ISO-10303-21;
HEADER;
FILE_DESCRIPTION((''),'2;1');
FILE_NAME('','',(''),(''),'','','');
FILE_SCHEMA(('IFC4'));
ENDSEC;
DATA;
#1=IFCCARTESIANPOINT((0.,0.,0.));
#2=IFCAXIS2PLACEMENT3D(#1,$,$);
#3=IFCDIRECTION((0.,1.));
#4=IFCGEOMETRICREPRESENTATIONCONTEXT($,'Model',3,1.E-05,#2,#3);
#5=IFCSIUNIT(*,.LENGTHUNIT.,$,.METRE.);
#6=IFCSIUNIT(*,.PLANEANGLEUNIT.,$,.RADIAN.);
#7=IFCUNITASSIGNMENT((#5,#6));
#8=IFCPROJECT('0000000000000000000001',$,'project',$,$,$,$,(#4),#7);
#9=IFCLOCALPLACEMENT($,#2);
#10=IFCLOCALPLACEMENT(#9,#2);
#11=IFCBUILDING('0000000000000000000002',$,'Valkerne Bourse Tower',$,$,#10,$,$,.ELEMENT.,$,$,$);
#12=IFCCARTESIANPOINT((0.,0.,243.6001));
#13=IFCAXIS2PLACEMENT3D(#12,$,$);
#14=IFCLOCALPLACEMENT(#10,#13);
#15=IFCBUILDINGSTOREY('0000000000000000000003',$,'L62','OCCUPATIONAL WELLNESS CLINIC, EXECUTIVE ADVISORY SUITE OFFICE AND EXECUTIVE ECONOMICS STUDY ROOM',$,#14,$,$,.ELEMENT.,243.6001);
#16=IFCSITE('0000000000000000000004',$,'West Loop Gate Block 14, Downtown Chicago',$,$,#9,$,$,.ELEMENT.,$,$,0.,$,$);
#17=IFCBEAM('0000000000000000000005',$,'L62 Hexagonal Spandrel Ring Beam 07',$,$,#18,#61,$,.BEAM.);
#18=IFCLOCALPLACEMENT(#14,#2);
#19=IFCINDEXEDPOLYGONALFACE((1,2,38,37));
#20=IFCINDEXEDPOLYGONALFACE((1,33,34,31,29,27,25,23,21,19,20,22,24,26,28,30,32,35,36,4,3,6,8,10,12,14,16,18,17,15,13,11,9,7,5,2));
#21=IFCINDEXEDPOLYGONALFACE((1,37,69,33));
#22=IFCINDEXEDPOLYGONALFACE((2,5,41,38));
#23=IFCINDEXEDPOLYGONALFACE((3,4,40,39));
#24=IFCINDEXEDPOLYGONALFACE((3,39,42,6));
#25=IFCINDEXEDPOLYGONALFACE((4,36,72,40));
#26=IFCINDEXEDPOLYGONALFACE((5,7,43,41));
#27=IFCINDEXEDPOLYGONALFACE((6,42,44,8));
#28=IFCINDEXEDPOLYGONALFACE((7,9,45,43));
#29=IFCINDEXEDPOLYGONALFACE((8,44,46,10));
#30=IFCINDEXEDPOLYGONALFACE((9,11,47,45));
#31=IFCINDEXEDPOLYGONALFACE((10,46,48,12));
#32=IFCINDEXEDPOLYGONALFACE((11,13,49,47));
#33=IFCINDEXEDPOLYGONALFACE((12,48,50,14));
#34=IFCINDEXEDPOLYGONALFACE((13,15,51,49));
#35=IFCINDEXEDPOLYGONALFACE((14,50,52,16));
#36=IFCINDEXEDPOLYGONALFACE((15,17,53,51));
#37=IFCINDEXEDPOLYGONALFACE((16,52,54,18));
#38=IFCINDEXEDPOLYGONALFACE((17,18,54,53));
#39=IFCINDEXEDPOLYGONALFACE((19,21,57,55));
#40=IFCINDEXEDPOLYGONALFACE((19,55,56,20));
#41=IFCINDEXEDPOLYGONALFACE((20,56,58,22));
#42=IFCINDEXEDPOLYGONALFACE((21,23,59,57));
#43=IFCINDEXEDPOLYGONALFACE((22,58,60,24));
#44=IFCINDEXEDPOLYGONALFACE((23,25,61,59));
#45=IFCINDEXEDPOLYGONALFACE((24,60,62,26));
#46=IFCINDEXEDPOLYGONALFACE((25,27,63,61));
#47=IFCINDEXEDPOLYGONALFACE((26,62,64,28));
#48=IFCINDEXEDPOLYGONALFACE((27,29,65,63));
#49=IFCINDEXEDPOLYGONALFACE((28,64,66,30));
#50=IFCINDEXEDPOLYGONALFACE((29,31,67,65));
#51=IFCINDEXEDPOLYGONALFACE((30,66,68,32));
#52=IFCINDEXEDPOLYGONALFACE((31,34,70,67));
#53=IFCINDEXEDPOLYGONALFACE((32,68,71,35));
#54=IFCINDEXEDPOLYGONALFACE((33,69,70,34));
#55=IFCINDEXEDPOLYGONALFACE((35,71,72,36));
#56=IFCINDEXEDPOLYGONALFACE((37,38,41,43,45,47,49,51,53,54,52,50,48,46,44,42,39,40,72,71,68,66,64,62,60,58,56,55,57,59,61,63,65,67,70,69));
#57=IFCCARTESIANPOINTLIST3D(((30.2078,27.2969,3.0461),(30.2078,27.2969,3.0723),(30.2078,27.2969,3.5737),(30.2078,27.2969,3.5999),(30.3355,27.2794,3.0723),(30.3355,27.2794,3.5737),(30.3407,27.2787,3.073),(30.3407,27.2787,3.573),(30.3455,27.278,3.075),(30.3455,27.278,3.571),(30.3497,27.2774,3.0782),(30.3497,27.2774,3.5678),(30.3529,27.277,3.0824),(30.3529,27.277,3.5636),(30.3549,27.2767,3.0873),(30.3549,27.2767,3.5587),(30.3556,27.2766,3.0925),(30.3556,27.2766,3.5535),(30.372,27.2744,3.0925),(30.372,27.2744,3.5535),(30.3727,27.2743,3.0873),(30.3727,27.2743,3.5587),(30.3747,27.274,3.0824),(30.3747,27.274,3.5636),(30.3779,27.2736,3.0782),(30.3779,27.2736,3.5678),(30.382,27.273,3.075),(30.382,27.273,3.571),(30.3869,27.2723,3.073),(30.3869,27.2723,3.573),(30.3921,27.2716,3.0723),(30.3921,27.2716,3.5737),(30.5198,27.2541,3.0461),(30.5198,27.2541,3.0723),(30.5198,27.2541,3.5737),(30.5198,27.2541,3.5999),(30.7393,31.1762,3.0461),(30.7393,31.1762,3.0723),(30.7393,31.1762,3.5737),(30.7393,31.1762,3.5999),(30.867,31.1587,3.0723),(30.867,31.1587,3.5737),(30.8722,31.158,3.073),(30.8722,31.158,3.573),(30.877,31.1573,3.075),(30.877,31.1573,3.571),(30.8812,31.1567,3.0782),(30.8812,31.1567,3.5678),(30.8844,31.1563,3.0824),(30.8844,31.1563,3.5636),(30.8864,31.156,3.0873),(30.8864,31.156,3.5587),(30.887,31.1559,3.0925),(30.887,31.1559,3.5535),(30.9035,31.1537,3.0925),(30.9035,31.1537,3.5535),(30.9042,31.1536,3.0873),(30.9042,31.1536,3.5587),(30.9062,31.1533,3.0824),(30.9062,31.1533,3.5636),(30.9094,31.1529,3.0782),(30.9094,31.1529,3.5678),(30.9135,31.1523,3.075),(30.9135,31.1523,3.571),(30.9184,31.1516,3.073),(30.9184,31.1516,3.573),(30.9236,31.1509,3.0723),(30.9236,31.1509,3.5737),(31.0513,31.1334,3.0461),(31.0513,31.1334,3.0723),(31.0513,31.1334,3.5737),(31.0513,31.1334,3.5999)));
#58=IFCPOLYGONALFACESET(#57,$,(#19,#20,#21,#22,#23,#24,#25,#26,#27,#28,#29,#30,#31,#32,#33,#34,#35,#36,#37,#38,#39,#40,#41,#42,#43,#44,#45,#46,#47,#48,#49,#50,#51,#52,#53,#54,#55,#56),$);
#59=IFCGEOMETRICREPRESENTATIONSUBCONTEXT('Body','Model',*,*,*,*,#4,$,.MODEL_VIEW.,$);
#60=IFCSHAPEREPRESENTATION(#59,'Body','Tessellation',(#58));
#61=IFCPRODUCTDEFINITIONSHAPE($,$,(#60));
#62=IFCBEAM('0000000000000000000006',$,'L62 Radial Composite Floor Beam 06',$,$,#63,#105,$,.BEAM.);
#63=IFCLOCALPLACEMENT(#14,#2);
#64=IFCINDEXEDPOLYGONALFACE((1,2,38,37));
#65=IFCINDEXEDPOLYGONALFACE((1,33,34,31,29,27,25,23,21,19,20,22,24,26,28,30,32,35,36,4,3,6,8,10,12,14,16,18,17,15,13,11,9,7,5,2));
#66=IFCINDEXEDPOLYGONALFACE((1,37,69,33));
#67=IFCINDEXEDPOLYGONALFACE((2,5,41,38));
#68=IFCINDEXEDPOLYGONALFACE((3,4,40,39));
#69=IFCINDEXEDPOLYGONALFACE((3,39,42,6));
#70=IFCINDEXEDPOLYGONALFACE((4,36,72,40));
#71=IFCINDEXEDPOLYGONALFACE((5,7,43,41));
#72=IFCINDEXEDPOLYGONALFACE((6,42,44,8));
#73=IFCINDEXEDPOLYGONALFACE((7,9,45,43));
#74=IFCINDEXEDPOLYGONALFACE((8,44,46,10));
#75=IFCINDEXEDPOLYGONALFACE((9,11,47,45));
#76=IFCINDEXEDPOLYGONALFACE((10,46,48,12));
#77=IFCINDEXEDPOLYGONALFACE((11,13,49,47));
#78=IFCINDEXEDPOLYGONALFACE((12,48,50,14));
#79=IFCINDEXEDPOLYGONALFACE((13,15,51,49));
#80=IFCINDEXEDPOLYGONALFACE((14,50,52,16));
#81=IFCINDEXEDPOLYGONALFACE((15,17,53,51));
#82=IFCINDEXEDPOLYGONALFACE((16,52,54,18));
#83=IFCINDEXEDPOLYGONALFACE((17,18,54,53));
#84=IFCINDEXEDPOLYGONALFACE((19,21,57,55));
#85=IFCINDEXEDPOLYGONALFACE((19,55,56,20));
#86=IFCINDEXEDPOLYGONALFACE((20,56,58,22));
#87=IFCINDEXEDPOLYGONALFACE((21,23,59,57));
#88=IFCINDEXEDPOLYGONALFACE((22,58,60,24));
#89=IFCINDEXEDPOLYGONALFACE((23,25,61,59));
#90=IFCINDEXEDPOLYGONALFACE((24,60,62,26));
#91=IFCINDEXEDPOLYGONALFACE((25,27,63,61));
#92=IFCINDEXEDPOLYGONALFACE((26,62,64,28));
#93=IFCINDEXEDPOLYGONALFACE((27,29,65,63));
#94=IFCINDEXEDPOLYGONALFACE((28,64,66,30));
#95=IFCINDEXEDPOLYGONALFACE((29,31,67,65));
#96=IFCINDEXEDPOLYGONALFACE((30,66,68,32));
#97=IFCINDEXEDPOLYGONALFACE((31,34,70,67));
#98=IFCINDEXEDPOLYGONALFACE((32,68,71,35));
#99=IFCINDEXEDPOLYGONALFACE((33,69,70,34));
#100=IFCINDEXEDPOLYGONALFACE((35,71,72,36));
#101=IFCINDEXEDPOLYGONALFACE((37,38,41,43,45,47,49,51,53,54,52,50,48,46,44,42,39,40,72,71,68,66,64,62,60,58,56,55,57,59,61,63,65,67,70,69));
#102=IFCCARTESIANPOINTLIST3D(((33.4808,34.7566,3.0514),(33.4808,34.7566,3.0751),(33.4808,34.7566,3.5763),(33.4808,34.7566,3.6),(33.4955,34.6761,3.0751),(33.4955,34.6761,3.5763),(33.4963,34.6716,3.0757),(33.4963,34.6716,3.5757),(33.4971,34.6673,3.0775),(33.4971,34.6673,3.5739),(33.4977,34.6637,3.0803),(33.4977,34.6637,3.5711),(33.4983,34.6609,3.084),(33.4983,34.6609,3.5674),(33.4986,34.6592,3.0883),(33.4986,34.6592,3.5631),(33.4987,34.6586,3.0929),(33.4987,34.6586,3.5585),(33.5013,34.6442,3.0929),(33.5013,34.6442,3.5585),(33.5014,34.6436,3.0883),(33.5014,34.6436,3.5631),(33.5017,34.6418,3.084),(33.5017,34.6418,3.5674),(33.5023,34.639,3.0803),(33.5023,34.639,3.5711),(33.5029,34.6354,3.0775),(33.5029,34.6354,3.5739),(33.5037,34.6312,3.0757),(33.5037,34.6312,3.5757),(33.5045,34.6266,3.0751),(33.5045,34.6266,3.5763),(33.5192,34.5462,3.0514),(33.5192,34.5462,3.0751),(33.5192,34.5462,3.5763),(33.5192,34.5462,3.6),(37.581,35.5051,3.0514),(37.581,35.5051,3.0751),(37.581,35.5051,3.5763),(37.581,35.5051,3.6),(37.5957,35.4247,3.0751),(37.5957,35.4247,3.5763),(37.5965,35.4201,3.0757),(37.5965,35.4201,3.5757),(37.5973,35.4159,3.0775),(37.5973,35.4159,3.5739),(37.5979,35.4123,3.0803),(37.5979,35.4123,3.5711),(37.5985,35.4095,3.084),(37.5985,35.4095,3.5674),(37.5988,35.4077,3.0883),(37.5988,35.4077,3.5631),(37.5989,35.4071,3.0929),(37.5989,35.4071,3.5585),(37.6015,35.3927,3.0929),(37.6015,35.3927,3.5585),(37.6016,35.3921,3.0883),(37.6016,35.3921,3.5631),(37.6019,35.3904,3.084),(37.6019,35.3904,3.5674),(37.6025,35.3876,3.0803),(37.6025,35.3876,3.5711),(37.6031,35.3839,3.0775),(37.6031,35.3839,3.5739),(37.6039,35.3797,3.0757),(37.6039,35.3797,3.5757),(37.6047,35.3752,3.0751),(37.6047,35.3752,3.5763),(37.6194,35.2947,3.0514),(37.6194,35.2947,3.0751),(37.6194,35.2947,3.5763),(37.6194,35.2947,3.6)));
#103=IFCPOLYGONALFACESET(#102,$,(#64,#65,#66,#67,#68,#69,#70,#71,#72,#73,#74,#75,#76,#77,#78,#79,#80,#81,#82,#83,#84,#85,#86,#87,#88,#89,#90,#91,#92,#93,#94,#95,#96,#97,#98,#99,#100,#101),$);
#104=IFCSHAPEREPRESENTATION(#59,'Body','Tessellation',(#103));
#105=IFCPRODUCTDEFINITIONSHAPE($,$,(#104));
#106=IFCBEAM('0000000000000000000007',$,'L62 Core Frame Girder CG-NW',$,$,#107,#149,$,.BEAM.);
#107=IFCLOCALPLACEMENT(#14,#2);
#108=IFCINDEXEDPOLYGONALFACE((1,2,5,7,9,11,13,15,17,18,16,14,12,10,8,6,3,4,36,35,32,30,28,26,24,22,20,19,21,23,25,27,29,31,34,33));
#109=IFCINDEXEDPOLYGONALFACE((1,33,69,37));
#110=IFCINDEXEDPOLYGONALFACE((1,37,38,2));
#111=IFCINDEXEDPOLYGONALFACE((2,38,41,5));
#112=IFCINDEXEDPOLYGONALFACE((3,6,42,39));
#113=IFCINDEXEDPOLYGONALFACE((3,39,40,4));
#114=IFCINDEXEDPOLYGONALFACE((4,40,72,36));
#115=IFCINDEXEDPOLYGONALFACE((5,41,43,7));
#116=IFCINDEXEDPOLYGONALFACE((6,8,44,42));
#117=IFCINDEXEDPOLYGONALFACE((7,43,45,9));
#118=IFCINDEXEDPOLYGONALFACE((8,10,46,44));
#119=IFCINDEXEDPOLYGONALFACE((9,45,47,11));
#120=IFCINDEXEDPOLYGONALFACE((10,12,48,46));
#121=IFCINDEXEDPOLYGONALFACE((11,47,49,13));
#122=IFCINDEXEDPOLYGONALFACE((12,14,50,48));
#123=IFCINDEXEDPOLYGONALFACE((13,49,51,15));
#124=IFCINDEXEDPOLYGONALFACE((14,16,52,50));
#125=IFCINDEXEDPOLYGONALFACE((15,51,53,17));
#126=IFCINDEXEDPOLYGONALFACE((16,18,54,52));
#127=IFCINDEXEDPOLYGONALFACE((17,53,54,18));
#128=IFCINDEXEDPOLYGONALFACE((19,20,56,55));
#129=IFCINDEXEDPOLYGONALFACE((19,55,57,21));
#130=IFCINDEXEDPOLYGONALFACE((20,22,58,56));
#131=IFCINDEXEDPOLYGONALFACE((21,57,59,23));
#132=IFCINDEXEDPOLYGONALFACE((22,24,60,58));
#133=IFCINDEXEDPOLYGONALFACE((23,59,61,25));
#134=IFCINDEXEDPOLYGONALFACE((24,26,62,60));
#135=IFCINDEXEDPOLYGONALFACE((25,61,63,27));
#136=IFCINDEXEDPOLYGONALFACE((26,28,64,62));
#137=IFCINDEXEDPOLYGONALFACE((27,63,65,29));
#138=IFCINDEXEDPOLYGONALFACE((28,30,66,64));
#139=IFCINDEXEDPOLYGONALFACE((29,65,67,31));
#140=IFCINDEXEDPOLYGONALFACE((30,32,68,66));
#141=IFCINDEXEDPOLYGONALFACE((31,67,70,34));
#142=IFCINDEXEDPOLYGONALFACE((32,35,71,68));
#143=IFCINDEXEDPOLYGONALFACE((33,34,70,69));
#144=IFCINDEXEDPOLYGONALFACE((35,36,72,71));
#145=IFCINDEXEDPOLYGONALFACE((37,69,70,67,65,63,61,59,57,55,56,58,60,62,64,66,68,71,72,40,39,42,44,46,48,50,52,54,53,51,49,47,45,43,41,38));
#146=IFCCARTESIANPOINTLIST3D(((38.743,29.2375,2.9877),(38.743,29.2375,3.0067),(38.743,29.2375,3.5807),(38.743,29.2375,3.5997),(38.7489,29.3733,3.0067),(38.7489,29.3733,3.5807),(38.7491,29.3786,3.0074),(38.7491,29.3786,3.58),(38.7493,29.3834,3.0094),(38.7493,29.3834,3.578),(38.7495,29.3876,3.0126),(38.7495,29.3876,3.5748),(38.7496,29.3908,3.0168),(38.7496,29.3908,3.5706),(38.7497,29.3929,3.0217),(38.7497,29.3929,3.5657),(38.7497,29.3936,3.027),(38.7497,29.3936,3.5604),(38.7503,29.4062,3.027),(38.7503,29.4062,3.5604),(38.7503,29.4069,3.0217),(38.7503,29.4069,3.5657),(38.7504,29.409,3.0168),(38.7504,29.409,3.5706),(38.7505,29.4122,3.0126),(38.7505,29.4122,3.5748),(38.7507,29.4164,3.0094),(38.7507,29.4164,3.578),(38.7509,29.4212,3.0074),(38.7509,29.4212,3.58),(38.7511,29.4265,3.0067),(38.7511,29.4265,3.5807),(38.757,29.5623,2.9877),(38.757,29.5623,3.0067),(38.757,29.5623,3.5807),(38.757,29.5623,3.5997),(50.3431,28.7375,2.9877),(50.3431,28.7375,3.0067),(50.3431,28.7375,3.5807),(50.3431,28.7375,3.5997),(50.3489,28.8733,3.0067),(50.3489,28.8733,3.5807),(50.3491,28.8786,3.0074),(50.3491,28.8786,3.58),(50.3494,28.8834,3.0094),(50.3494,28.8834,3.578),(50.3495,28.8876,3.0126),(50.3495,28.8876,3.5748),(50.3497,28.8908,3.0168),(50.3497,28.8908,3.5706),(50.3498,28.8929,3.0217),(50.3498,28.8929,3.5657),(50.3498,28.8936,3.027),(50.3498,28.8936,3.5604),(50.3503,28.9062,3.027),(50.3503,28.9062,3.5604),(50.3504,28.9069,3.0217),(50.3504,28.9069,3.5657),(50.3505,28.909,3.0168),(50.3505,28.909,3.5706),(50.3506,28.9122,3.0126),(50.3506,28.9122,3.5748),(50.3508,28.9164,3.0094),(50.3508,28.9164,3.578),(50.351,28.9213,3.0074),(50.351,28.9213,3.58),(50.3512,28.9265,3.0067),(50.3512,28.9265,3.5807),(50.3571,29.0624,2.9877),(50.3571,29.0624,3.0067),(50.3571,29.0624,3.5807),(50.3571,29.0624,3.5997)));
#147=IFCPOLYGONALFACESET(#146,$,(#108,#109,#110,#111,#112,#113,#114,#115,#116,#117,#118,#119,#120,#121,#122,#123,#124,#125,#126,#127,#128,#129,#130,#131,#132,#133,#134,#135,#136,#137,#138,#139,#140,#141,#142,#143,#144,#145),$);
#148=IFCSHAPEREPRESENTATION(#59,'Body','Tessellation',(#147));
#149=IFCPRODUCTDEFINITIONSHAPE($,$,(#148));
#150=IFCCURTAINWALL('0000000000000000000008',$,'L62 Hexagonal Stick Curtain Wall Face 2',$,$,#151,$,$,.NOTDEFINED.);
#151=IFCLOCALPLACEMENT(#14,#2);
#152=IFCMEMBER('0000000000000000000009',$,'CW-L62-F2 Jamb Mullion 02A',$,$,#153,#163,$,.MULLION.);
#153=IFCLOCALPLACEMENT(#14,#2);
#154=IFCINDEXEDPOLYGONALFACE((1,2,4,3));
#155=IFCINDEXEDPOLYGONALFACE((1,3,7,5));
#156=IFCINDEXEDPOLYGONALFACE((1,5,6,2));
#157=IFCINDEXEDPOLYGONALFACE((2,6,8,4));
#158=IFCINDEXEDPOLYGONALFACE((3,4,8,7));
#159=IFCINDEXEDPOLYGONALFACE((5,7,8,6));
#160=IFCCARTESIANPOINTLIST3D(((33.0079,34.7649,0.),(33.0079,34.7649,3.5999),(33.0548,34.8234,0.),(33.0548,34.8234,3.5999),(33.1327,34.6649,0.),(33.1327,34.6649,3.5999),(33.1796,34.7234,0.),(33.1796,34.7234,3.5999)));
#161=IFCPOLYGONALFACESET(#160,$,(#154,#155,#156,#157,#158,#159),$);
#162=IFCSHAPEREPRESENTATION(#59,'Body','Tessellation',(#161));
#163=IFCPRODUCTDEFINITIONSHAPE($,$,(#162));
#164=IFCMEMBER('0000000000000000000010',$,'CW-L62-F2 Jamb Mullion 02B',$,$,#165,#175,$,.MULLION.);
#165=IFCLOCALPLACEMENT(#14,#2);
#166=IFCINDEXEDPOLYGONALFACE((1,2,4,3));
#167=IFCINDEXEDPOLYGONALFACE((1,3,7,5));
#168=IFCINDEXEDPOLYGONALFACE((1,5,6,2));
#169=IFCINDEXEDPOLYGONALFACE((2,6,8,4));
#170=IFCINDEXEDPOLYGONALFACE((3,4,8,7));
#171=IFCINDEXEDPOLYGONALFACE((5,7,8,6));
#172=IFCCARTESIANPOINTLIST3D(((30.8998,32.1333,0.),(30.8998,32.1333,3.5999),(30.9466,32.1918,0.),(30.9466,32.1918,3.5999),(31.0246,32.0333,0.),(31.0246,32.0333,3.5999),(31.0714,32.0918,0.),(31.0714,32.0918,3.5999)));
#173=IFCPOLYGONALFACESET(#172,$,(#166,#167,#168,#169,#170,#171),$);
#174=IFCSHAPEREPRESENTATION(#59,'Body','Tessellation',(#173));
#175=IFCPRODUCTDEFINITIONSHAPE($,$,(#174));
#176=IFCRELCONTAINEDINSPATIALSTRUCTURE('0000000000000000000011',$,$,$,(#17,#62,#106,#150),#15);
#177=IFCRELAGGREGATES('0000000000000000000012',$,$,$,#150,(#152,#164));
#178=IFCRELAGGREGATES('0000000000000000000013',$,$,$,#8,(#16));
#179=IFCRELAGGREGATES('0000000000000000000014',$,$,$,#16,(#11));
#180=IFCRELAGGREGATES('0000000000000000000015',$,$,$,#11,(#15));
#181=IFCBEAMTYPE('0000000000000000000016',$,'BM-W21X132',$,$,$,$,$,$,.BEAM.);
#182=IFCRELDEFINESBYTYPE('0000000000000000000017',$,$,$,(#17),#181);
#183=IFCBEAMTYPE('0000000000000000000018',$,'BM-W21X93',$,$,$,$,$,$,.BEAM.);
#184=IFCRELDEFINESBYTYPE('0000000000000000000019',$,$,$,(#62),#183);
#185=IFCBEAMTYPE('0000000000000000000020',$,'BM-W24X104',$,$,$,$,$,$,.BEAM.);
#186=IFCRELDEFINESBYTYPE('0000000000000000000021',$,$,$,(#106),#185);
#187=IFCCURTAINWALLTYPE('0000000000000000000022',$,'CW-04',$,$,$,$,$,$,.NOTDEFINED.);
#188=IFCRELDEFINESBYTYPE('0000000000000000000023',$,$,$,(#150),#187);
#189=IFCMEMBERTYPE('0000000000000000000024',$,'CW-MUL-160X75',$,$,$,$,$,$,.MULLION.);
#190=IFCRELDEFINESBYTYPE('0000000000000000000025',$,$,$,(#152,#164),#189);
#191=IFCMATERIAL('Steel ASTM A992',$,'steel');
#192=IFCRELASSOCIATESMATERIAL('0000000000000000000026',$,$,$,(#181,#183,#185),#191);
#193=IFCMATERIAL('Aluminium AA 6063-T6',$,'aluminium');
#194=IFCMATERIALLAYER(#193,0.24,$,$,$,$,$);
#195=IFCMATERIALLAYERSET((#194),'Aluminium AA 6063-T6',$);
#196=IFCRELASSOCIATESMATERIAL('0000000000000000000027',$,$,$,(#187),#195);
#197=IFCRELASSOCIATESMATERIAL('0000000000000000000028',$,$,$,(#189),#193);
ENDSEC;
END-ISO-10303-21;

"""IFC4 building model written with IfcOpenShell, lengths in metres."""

from ifc_helpers import new_model, si_unit, direction, frame, origin, origin_2d, place, context, subcontext, project, spatial, rectangle, i_section, extrude, material, layer, layer_set, material_profile, profile_set, type_object, element, aggregate, save


model = new_model("IFC4")

# Units and contexts
model_context = context("Model", 3, precision=1e-05, world=origin(), true_north=direction((0.0, 1.0)))
body_context = subcontext(model_context, "Body", "Model", "MODEL_VIEW")
ifc_project = project(units=[si_unit("LENGTHUNIT", "METRE"), si_unit("PLANEANGLEUNIT", "RADIAN")], contexts=[model_context])

# Site, building, storey
site_placement = place(None, origin())
site = spatial("IfcSite", under=ifc_project, at=site_placement, Name="West Loop Gate Block 14, Downtown Chicago", CompositionType="ELEMENT", RefElevation=0.0)
building_placement = place(site_placement, origin())
building = spatial("IfcBuilding", under=site, at=building_placement, Name="Valkerne Bourse Tower", CompositionType="ELEMENT")
storey_placement = place(building_placement, frame((0.0, 0.0, 243.6001)))
storey = spatial("IfcBuildingStorey", under=building, at=storey_placement, Name="L62", Description="OCCUPATIONAL WELLNESS CLINIC, EXECUTIVE ADVISORY SUITE OFFICE AND EXECUTIVE ECONOMICS STUDY ROOM", CompositionType="ELEMENT", Elevation=243.6001)

# Beams
ifc_material_1 = material(Name="Steel ASTM A992", Category="steel")
ifc_material_profile_1 = material_profile(ifc_material_1, i_section(OverallWidth=0.3149, OverallDepth=0.5537, WebThickness=0.0166, FlangeThickness=0.0261, FilletRadius=0.0203, at=origin_2d()), Name="W21X132")
ifc_profile_set_1 = profile_set([ifc_material_profile_1], Name="Steel ASTM A992")
beam_type_1 = type_object("IfcBeamType", Name="BM-W21X132", PredefinedType="BEAM", material=ifc_profile_set_1)
beam_1_placement = place(storey_placement, frame((30.8953, 31.1548, 3.323), z_axis=(-0.135736, -0.990745, 0.0), x_axis=(0.990745, -0.135736, 0.0)))
element("IfcBeam", 1, at=beam_1_placement, inside=storey, type_object=beam_type_1, Name="L62 Hexagonal Spandrel Ring Beam 07", PredefinedType="BEAM", context=body_context, shape_type="SweptSolid", body=[
    extrude(i_section(OverallWidth=0.3149, OverallDepth=0.5537, WebThickness=0.0166, FlangeThickness=0.0261, FilletRadius=0.0203, at=origin_2d()), origin(), (0.0, 0.0, 1.0), 3.9155),
])
ifc_material_profile_2 = material_profile(ifc_material_1, i_section(OverallWidth=0.2139, OverallDepth=0.5486, WebThickness=0.0146, FlangeThickness=0.0237, FilletRadius=0.0178, at=origin_2d()), Name="W21X93")
ifc_profile_set_2 = profile_set([ifc_material_profile_2], Name="Steel ASTM A992")
beam_type_2 = type_object("IfcBeamType", Name="BM-W21X93", PredefinedType="BEAM", material=ifc_profile_set_2)
beam_2_placement = place(storey_placement, frame((33.5, 34.6514, 3.3257), z_axis=(0.98374, 0.179597, 0.0), x_axis=(-0.179597, 0.98374, 0.0)))
element("IfcBeam", 2, at=beam_2_placement, inside=storey, type_object=beam_type_2, Name="L62 Radial Composite Floor Beam 06", PredefinedType="BEAM", context=body_context, shape_type="SweptSolid", body=[
    extrude(i_section(OverallWidth=0.2139, OverallDepth=0.5486, WebThickness=0.0146, FlangeThickness=0.0237, FilletRadius=0.0178, at=origin_2d()), origin(), (0.0, 0.0, 1.0), 4.168),
])
ifc_material_profile_3 = material_profile(ifc_material_1, i_section(OverallWidth=0.3252, OverallDepth=0.6121, WebThickness=0.0127, FlangeThickness=0.019, FilletRadius=0.0203, at=origin_2d()), Name="W24X104")
ifc_profile_set_3 = profile_set([ifc_material_profile_3], Name="Steel ASTM A992")
beam_type_3 = type_object("IfcBeamType", Name="BM-W24X104", PredefinedType="BEAM", material=ifc_profile_set_3)
beam_3_placement = place(storey_placement, frame((38.75, 29.3999, 3.2937), z_axis=(0.999072, -0.043063, 0.0), x_axis=(0.043063, 0.999072, 0.0)))
element("IfcBeam", 3, at=beam_3_placement, inside=storey, type_object=beam_type_3, Name="L62 Core Frame Girder CG-NW", PredefinedType="BEAM", context=body_context, shape_type="SweptSolid", body=[
    extrude(i_section(OverallWidth=0.3252, OverallDepth=0.6121, WebThickness=0.0127, FlangeThickness=0.019, FilletRadius=0.0203, at=origin_2d()), origin(), (0.0, 0.0, 1.0), 11.6108),
])

# Curtain wall, members
ifc_material_2 = material(Name="Aluminium AA 6063-T6", Category="aluminium")
ifc_layer_1 = layer(ifc_material_2, 0.24)
ifc_layer_set_1 = layer_set([ifc_layer_1], Name="Aluminium AA 6063-T6")
curtain_wall_type = type_object("IfcCurtainWallType", Name="CW-04", PredefinedType="NOTDEFINED", material=ifc_layer_set_1)
curtain_wall_placement = place(storey_placement, origin())
curtain_wall = element("IfcCurtainWall", 4, at=curtain_wall_placement, inside=storey, type_object=curtain_wall_type, Name="L62 Hexagonal Stick Curtain Wall Face 2", PredefinedType="NOTDEFINED")
ifc_material_profile_4 = material_profile(ifc_material_2, rectangle(XDim=0.075, YDim=0.1599, at=origin_2d()), Name="CWM-75X160")
ifc_profile_set_4 = profile_set([ifc_material_profile_4], Name="Aluminium AA 6063-T6")
member_type_1 = type_object("IfcMemberType", Name="CW-MUL-160X75", PredefinedType="MULLION", material=ifc_profile_set_4)
member_1_placement = place(storey_placement, frame((33.0938, 34.7441, 0.0), z_axis=(0.0, 0.0, 1.0), x_axis=(-0.625236, -0.780435, 0.0)))
member_1 = element("IfcMember", 5, at=member_1_placement, type_object=member_type_1, Name="CW-L62-F2 Jamb Mullion 02A", PredefinedType="MULLION", context=body_context, shape_type="SweptSolid", body=[
    extrude(rectangle(XDim=0.075, YDim=0.1599, at=origin_2d()), origin(), (0.0, 0.0, 1.0), 3.5999),
])
member_2_placement = place(storey_placement, frame((30.9856, 32.1125, 0.0), z_axis=(0.0, 0.0, 1.0), x_axis=(-0.625236, -0.780435, 0.0)))
member_2 = element("IfcMember", 6, at=member_2_placement, type_object=member_type_1, Name="CW-L62-F2 Jamb Mullion 02B", PredefinedType="MULLION", context=body_context, shape_type="SweptSolid", body=[
    extrude(rectangle(XDim=0.075, YDim=0.1599, at=origin_2d()), origin(), (0.0, 0.0, 1.0), 3.5999),
])

aggregate(curtain_wall, [member_1, member_2])

save(model, "model.ifc")
